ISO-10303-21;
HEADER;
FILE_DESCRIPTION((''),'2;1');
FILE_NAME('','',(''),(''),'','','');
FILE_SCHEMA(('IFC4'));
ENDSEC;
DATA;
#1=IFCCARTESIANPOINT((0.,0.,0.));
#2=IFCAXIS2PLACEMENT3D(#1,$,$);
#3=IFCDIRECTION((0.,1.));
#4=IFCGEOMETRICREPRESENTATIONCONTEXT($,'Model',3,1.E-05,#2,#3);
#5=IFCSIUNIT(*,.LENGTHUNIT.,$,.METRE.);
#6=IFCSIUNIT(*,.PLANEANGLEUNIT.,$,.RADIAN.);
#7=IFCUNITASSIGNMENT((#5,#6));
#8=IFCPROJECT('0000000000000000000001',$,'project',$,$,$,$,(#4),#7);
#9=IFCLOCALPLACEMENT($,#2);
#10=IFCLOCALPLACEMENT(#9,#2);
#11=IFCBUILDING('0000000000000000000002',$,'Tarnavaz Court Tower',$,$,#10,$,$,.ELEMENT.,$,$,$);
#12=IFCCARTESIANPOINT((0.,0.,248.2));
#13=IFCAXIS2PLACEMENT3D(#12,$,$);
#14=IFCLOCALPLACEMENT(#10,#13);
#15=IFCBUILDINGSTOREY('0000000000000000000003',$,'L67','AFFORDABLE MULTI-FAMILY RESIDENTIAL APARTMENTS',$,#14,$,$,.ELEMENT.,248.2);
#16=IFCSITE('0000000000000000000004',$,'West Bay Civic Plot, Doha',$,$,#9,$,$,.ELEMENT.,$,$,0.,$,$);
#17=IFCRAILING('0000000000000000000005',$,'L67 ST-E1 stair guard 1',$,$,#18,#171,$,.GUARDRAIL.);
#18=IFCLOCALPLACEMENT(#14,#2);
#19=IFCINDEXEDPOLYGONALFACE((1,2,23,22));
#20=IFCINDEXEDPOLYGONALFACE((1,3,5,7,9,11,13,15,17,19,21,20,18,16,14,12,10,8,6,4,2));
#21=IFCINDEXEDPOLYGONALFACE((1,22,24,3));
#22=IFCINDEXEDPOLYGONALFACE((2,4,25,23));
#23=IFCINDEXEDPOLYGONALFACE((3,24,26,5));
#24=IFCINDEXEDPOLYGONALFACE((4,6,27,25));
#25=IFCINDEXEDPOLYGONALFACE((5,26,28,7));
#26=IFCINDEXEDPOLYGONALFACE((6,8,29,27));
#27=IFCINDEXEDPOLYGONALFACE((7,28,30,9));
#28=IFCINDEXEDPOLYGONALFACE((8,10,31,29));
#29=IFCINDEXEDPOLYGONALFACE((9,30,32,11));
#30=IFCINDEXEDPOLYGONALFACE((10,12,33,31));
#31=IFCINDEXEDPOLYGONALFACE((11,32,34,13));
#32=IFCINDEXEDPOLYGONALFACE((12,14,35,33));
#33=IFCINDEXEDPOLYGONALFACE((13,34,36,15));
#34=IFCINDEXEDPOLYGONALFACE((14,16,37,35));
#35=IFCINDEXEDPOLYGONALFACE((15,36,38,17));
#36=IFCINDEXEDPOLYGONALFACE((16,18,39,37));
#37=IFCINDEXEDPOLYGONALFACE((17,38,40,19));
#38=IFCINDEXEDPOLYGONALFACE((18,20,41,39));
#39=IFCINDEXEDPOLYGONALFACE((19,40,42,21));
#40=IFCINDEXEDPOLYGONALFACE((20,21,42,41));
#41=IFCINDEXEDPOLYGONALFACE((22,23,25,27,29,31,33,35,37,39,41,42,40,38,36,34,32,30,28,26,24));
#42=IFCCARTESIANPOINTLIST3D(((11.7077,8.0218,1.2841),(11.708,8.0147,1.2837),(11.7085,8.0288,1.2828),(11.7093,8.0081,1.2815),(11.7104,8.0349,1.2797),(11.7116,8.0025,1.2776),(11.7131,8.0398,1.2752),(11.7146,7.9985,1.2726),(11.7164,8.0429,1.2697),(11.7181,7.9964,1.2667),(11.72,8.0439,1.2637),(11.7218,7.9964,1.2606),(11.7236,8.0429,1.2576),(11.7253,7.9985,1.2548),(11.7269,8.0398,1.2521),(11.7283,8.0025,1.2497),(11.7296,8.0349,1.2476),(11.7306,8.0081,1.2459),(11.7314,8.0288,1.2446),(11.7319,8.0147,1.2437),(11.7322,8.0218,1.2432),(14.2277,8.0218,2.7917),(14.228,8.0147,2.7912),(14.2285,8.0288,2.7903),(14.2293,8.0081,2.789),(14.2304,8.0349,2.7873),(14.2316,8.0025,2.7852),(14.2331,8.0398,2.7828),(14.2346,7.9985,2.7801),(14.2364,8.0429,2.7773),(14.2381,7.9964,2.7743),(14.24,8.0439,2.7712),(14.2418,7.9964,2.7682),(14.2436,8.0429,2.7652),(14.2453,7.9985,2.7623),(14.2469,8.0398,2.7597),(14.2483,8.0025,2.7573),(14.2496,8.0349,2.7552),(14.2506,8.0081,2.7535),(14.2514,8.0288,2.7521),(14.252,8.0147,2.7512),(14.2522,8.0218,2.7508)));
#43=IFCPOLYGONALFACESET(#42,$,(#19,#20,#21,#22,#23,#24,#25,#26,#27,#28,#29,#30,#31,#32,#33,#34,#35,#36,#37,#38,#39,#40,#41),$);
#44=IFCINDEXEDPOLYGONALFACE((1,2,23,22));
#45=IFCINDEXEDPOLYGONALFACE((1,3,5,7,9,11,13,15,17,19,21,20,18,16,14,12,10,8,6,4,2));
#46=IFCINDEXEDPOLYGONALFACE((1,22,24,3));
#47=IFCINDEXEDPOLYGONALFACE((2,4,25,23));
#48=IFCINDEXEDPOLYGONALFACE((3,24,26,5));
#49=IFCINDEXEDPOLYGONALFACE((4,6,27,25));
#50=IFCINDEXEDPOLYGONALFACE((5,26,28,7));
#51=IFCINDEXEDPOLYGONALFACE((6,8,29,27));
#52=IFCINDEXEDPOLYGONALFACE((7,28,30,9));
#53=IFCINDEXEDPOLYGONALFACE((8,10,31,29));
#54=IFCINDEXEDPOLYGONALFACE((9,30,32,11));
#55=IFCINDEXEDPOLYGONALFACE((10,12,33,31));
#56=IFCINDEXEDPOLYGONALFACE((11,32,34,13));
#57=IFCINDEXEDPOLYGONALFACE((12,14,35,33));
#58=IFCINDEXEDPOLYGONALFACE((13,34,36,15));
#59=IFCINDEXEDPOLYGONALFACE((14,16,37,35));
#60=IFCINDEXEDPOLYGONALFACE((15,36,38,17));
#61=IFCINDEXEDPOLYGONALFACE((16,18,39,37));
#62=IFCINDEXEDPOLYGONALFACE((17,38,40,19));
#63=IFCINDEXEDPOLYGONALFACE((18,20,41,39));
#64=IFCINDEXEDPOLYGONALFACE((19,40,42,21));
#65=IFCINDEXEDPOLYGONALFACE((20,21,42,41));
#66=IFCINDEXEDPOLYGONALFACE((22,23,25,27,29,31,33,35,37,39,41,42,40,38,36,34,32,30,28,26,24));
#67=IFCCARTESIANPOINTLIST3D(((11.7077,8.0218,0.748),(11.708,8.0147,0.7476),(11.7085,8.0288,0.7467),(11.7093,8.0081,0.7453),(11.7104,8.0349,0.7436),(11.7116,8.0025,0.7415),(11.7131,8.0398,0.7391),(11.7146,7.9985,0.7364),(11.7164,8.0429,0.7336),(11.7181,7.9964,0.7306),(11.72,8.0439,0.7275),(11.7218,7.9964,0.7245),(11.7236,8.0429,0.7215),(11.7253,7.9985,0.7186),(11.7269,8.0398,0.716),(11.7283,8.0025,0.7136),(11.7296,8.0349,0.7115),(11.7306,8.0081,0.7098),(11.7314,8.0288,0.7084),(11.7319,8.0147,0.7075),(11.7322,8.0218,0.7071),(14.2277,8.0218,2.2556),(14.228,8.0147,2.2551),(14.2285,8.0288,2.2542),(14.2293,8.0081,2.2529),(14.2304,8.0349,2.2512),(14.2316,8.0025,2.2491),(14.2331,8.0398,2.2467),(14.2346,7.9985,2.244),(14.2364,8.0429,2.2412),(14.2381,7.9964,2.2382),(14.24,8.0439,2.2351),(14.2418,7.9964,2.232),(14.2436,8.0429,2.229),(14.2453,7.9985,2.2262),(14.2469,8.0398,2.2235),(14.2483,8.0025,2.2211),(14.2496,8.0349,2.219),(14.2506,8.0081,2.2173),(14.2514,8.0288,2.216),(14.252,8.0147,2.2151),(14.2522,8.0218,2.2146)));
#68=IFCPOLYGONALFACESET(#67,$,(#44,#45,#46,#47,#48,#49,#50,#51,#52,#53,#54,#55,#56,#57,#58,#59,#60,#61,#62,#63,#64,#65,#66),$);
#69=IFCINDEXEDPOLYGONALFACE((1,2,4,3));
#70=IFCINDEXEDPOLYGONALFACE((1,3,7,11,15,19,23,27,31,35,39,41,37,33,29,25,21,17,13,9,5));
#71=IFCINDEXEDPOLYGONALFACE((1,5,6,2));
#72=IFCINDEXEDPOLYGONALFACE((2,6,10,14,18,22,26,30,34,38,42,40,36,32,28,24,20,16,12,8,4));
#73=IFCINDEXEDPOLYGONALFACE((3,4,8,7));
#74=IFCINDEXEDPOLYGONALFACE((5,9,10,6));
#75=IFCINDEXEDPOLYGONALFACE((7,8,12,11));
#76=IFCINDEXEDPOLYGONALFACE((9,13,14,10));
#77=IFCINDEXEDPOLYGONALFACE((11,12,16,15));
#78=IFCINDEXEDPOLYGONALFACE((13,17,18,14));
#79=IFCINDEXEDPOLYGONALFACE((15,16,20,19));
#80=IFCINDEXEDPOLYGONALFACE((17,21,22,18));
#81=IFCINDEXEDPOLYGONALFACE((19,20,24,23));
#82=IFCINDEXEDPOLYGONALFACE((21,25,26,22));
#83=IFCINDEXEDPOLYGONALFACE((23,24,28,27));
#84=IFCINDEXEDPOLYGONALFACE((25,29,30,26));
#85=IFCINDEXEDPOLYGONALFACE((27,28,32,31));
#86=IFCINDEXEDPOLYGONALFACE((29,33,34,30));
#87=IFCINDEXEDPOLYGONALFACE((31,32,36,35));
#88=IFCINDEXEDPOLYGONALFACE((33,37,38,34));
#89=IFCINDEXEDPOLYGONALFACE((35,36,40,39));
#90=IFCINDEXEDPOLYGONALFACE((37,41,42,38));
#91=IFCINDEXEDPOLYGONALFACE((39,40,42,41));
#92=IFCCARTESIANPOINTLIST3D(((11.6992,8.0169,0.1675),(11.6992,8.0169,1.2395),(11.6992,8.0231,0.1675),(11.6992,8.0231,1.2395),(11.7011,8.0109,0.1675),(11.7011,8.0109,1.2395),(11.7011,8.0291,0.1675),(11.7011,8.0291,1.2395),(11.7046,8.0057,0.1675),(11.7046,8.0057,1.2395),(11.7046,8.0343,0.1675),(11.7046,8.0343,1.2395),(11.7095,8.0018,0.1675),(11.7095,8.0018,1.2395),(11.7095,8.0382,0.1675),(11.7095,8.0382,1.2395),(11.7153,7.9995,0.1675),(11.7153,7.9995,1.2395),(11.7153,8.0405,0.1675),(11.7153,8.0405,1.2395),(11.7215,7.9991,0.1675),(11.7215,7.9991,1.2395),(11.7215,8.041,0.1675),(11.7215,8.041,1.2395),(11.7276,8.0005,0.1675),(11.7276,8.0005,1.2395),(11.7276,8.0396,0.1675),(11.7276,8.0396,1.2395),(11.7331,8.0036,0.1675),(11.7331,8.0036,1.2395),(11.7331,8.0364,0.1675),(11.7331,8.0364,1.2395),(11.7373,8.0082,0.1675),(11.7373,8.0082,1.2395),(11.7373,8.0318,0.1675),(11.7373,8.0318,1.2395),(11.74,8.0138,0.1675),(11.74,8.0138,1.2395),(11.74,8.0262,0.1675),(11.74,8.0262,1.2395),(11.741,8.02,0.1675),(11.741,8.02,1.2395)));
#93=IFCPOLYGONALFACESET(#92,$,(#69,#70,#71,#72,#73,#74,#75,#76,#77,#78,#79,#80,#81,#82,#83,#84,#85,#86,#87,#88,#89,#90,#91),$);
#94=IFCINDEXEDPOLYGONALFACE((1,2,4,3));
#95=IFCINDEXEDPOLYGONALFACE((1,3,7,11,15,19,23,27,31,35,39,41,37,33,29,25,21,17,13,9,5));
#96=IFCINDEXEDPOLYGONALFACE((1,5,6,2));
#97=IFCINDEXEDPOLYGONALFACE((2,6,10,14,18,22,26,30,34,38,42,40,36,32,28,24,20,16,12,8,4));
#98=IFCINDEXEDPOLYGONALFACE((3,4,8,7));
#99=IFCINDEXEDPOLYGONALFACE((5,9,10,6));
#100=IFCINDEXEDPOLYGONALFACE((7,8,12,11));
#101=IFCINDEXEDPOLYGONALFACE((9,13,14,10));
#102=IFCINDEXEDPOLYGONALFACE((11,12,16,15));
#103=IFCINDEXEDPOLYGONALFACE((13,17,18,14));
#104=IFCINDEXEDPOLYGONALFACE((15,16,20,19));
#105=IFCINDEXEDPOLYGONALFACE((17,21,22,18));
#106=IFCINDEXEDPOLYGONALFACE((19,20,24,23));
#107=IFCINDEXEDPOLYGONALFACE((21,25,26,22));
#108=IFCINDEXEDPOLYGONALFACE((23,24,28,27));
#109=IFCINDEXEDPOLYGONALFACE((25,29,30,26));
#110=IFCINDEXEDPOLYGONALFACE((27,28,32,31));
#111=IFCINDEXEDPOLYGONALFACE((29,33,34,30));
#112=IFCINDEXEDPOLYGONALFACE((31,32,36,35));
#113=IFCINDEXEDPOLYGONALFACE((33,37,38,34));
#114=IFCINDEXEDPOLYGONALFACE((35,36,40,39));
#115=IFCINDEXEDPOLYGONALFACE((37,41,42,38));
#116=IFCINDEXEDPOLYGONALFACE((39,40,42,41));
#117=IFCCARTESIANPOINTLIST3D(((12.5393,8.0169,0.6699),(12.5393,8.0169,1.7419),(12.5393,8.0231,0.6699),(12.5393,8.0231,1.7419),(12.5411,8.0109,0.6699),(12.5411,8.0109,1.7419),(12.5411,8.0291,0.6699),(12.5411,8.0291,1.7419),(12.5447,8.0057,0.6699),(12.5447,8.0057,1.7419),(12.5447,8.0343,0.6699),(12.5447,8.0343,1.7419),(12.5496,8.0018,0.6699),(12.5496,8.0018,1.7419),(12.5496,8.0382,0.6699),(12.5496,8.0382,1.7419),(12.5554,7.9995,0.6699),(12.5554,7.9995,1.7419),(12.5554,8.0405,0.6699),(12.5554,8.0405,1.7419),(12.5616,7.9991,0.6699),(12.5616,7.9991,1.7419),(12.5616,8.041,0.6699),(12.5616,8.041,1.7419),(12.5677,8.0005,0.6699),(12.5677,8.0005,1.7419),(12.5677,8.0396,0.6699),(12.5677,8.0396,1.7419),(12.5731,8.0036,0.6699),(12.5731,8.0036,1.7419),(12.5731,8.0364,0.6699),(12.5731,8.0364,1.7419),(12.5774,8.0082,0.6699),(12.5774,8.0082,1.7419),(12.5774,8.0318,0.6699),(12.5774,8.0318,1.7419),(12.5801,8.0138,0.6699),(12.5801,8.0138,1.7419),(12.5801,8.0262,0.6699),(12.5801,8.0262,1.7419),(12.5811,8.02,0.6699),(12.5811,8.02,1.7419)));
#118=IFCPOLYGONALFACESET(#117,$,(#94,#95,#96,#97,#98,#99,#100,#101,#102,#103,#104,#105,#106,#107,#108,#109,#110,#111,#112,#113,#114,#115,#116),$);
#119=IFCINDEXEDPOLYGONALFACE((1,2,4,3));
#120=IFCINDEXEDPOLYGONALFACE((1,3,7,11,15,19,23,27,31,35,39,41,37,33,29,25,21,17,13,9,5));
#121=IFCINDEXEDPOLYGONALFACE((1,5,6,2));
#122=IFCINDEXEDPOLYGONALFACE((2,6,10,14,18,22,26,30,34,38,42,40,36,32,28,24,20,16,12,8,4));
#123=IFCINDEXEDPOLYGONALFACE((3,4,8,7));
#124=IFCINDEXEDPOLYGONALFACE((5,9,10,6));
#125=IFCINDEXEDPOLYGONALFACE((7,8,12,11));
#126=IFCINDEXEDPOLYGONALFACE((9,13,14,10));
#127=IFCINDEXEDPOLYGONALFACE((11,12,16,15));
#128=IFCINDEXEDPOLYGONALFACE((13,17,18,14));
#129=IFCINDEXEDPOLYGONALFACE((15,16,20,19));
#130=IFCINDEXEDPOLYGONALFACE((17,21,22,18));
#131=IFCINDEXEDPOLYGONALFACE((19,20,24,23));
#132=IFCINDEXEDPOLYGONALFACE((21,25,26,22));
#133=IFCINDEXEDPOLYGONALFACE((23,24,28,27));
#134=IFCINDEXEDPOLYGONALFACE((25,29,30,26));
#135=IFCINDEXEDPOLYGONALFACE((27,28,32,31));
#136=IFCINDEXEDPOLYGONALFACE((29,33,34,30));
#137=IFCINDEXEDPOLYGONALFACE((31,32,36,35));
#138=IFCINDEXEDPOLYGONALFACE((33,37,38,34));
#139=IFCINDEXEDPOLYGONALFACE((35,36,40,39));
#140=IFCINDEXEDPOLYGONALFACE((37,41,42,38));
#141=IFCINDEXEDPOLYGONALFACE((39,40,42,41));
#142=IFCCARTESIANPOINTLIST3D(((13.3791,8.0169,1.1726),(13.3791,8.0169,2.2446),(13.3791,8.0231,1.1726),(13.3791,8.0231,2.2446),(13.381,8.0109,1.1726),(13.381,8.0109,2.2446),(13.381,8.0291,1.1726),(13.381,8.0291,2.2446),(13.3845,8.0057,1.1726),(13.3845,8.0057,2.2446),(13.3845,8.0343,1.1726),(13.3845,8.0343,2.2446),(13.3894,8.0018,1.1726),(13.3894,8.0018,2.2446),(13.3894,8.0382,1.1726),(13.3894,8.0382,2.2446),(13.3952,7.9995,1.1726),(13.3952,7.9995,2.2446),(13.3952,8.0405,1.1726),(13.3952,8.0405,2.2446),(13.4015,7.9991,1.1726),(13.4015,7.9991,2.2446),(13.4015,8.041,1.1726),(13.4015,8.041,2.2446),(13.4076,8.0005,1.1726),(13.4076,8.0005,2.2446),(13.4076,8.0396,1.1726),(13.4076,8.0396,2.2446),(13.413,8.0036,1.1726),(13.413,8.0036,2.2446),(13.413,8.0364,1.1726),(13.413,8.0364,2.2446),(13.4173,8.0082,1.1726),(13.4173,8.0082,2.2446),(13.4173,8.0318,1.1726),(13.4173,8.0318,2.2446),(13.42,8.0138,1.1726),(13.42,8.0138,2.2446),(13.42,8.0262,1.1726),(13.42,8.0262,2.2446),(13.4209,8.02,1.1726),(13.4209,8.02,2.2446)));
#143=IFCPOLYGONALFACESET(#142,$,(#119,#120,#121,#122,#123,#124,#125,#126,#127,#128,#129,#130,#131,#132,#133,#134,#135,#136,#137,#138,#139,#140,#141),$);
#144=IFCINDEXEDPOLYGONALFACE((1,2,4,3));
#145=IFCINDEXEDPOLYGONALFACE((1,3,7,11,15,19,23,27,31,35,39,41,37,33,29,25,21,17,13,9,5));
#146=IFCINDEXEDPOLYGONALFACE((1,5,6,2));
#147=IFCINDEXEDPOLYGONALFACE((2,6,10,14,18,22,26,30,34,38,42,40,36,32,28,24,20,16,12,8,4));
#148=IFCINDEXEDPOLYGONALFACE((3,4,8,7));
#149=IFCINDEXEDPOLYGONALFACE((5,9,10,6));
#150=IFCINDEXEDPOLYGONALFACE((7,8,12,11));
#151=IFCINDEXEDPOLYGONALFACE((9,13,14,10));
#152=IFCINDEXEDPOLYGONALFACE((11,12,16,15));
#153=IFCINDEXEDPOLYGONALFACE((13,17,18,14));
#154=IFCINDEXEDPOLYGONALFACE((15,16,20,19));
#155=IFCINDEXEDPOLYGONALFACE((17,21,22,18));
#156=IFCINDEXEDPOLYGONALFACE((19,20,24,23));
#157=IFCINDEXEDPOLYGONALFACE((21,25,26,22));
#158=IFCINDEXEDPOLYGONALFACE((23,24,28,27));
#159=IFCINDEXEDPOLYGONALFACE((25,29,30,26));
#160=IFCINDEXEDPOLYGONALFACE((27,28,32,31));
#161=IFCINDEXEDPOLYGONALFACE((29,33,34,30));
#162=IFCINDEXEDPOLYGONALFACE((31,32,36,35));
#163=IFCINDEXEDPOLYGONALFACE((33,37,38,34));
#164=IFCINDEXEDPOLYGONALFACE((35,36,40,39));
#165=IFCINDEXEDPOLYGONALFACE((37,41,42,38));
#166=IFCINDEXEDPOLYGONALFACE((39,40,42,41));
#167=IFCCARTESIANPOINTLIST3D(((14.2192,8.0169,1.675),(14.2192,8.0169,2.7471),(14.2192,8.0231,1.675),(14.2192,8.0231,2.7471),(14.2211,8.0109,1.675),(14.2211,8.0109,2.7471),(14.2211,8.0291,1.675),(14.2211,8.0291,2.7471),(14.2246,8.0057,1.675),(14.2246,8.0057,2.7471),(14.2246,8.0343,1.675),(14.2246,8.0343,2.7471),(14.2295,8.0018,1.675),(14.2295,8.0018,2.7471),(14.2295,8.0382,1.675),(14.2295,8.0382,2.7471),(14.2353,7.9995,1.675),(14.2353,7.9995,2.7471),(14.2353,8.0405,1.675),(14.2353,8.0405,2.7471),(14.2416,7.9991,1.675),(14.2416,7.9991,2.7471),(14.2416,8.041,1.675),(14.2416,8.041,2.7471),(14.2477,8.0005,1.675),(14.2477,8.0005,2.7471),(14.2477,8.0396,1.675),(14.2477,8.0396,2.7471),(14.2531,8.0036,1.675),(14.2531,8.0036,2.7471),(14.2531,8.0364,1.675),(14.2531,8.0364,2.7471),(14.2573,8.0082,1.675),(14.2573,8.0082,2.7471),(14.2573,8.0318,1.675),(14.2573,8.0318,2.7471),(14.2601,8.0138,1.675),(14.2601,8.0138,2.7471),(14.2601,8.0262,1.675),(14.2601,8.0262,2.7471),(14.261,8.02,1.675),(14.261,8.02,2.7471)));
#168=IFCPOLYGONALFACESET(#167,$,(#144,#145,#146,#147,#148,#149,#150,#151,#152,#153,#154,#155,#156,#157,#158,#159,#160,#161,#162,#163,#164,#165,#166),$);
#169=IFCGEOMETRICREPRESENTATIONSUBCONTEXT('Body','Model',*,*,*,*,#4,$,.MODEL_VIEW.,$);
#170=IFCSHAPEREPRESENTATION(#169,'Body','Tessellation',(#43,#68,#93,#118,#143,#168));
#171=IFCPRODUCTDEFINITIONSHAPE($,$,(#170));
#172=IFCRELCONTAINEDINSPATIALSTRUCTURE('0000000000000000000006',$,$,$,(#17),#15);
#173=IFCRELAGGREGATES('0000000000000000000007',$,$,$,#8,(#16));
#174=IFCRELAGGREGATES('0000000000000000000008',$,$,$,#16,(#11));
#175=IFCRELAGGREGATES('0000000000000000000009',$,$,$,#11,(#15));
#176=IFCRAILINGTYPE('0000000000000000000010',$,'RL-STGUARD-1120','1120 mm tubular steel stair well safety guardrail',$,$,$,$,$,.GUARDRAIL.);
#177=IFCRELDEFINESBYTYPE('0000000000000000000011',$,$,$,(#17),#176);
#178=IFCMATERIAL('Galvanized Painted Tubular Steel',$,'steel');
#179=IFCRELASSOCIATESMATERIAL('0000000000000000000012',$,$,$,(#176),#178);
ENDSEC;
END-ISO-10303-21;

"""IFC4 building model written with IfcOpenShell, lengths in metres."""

from ifc_helpers import new_model, si_unit, direction, frame, origin, origin_2d, place, context, subcontext, project, spatial, circle, extrude, material, type_object, element, save


model = new_model("IFC4")

# Units and contexts
model_context = context("Model", 3, precision=1e-05, world=origin(), true_north=direction((0.0, 1.0)))
body_context = subcontext(model_context, "Body", "Model", "MODEL_VIEW")
ifc_project = project(units=[si_unit("LENGTHUNIT", "METRE"), si_unit("PLANEANGLEUNIT", "RADIAN")], contexts=[model_context])

# Site, building, storey
site_placement = place(None, origin())
site = spatial("IfcSite", under=ifc_project, at=site_placement, Name="West Bay Civic Plot, Doha", CompositionType="ELEMENT", RefElevation=0.0)
building_placement = place(site_placement, origin())
building = spatial("IfcBuilding", under=site, at=building_placement, Name="Tarnavaz Court Tower", CompositionType="ELEMENT")
storey_placement = place(building_placement, frame((0.0, 0.0, 248.2)))
storey = spatial("IfcBuildingStorey", under=building, at=storey_placement, Name="L67", Description="AFFORDABLE MULTI-FAMILY RESIDENTIAL APARTMENTS", CompositionType="ELEMENT", Elevation=248.2)

# Railing
ifc_material_1 = material(Name="Galvanized Painted Tubular Steel", Category="steel")
railing_type_1 = type_object("IfcRailingType", Name="RL-STGUARD-1120", Description="1120 mm tubular steel stair well safety guardrail", PredefinedType="GUARDRAIL", material=ifc_material_1)
railing_1_placement = place(storey_placement, frame((11.72, 8.02, 0.1675)))
element("IfcRailing", 1, at=railing_1_placement, inside=storey, type_object=railing_type_1, Name="L67 ST-E1 stair guard 1", PredefinedType="GUARDRAIL", context=body_context, shape_type="SweptSolid", body=[
    extrude(circle(Radius=0.0239, at=origin_2d()), frame((0.0, 0.0, 1.0962), z_axis=(0.85816, 0.0, 0.513383), x_axis=(0.0, 1.0, 0.0)), (0.0, 0.0, 1.0), 2.9365),
    extrude(circle(Radius=0.0239, at=origin_2d()), frame((0.0, 0.0, 0.5601), z_axis=(0.85816, 0.0, 0.513383), x_axis=(0.0, 1.0, 0.0)), (0.0, 0.0, 1.0), 2.9365),
    extrude(circle(Radius=0.021, at=origin_2d()), origin(), (0.0, 0.0, 1.0), 1.072),
    extrude(circle(Radius=0.021, at=origin_2d()), frame((0.8401, 0.0, 0.5024)), (0.0, 0.0, 1.0), 1.072),
    extrude(circle(Radius=0.021, at=origin_2d()), frame((1.6799, 0.0, 1.0051)), (0.0, 0.0, 1.0), 1.072),
    extrude(circle(Radius=0.021, at=origin_2d()), frame((2.52, 0.0, 1.5076)), (0.0, 0.0, 1.0), 1.072),
])

save(model, "model.ifc")
